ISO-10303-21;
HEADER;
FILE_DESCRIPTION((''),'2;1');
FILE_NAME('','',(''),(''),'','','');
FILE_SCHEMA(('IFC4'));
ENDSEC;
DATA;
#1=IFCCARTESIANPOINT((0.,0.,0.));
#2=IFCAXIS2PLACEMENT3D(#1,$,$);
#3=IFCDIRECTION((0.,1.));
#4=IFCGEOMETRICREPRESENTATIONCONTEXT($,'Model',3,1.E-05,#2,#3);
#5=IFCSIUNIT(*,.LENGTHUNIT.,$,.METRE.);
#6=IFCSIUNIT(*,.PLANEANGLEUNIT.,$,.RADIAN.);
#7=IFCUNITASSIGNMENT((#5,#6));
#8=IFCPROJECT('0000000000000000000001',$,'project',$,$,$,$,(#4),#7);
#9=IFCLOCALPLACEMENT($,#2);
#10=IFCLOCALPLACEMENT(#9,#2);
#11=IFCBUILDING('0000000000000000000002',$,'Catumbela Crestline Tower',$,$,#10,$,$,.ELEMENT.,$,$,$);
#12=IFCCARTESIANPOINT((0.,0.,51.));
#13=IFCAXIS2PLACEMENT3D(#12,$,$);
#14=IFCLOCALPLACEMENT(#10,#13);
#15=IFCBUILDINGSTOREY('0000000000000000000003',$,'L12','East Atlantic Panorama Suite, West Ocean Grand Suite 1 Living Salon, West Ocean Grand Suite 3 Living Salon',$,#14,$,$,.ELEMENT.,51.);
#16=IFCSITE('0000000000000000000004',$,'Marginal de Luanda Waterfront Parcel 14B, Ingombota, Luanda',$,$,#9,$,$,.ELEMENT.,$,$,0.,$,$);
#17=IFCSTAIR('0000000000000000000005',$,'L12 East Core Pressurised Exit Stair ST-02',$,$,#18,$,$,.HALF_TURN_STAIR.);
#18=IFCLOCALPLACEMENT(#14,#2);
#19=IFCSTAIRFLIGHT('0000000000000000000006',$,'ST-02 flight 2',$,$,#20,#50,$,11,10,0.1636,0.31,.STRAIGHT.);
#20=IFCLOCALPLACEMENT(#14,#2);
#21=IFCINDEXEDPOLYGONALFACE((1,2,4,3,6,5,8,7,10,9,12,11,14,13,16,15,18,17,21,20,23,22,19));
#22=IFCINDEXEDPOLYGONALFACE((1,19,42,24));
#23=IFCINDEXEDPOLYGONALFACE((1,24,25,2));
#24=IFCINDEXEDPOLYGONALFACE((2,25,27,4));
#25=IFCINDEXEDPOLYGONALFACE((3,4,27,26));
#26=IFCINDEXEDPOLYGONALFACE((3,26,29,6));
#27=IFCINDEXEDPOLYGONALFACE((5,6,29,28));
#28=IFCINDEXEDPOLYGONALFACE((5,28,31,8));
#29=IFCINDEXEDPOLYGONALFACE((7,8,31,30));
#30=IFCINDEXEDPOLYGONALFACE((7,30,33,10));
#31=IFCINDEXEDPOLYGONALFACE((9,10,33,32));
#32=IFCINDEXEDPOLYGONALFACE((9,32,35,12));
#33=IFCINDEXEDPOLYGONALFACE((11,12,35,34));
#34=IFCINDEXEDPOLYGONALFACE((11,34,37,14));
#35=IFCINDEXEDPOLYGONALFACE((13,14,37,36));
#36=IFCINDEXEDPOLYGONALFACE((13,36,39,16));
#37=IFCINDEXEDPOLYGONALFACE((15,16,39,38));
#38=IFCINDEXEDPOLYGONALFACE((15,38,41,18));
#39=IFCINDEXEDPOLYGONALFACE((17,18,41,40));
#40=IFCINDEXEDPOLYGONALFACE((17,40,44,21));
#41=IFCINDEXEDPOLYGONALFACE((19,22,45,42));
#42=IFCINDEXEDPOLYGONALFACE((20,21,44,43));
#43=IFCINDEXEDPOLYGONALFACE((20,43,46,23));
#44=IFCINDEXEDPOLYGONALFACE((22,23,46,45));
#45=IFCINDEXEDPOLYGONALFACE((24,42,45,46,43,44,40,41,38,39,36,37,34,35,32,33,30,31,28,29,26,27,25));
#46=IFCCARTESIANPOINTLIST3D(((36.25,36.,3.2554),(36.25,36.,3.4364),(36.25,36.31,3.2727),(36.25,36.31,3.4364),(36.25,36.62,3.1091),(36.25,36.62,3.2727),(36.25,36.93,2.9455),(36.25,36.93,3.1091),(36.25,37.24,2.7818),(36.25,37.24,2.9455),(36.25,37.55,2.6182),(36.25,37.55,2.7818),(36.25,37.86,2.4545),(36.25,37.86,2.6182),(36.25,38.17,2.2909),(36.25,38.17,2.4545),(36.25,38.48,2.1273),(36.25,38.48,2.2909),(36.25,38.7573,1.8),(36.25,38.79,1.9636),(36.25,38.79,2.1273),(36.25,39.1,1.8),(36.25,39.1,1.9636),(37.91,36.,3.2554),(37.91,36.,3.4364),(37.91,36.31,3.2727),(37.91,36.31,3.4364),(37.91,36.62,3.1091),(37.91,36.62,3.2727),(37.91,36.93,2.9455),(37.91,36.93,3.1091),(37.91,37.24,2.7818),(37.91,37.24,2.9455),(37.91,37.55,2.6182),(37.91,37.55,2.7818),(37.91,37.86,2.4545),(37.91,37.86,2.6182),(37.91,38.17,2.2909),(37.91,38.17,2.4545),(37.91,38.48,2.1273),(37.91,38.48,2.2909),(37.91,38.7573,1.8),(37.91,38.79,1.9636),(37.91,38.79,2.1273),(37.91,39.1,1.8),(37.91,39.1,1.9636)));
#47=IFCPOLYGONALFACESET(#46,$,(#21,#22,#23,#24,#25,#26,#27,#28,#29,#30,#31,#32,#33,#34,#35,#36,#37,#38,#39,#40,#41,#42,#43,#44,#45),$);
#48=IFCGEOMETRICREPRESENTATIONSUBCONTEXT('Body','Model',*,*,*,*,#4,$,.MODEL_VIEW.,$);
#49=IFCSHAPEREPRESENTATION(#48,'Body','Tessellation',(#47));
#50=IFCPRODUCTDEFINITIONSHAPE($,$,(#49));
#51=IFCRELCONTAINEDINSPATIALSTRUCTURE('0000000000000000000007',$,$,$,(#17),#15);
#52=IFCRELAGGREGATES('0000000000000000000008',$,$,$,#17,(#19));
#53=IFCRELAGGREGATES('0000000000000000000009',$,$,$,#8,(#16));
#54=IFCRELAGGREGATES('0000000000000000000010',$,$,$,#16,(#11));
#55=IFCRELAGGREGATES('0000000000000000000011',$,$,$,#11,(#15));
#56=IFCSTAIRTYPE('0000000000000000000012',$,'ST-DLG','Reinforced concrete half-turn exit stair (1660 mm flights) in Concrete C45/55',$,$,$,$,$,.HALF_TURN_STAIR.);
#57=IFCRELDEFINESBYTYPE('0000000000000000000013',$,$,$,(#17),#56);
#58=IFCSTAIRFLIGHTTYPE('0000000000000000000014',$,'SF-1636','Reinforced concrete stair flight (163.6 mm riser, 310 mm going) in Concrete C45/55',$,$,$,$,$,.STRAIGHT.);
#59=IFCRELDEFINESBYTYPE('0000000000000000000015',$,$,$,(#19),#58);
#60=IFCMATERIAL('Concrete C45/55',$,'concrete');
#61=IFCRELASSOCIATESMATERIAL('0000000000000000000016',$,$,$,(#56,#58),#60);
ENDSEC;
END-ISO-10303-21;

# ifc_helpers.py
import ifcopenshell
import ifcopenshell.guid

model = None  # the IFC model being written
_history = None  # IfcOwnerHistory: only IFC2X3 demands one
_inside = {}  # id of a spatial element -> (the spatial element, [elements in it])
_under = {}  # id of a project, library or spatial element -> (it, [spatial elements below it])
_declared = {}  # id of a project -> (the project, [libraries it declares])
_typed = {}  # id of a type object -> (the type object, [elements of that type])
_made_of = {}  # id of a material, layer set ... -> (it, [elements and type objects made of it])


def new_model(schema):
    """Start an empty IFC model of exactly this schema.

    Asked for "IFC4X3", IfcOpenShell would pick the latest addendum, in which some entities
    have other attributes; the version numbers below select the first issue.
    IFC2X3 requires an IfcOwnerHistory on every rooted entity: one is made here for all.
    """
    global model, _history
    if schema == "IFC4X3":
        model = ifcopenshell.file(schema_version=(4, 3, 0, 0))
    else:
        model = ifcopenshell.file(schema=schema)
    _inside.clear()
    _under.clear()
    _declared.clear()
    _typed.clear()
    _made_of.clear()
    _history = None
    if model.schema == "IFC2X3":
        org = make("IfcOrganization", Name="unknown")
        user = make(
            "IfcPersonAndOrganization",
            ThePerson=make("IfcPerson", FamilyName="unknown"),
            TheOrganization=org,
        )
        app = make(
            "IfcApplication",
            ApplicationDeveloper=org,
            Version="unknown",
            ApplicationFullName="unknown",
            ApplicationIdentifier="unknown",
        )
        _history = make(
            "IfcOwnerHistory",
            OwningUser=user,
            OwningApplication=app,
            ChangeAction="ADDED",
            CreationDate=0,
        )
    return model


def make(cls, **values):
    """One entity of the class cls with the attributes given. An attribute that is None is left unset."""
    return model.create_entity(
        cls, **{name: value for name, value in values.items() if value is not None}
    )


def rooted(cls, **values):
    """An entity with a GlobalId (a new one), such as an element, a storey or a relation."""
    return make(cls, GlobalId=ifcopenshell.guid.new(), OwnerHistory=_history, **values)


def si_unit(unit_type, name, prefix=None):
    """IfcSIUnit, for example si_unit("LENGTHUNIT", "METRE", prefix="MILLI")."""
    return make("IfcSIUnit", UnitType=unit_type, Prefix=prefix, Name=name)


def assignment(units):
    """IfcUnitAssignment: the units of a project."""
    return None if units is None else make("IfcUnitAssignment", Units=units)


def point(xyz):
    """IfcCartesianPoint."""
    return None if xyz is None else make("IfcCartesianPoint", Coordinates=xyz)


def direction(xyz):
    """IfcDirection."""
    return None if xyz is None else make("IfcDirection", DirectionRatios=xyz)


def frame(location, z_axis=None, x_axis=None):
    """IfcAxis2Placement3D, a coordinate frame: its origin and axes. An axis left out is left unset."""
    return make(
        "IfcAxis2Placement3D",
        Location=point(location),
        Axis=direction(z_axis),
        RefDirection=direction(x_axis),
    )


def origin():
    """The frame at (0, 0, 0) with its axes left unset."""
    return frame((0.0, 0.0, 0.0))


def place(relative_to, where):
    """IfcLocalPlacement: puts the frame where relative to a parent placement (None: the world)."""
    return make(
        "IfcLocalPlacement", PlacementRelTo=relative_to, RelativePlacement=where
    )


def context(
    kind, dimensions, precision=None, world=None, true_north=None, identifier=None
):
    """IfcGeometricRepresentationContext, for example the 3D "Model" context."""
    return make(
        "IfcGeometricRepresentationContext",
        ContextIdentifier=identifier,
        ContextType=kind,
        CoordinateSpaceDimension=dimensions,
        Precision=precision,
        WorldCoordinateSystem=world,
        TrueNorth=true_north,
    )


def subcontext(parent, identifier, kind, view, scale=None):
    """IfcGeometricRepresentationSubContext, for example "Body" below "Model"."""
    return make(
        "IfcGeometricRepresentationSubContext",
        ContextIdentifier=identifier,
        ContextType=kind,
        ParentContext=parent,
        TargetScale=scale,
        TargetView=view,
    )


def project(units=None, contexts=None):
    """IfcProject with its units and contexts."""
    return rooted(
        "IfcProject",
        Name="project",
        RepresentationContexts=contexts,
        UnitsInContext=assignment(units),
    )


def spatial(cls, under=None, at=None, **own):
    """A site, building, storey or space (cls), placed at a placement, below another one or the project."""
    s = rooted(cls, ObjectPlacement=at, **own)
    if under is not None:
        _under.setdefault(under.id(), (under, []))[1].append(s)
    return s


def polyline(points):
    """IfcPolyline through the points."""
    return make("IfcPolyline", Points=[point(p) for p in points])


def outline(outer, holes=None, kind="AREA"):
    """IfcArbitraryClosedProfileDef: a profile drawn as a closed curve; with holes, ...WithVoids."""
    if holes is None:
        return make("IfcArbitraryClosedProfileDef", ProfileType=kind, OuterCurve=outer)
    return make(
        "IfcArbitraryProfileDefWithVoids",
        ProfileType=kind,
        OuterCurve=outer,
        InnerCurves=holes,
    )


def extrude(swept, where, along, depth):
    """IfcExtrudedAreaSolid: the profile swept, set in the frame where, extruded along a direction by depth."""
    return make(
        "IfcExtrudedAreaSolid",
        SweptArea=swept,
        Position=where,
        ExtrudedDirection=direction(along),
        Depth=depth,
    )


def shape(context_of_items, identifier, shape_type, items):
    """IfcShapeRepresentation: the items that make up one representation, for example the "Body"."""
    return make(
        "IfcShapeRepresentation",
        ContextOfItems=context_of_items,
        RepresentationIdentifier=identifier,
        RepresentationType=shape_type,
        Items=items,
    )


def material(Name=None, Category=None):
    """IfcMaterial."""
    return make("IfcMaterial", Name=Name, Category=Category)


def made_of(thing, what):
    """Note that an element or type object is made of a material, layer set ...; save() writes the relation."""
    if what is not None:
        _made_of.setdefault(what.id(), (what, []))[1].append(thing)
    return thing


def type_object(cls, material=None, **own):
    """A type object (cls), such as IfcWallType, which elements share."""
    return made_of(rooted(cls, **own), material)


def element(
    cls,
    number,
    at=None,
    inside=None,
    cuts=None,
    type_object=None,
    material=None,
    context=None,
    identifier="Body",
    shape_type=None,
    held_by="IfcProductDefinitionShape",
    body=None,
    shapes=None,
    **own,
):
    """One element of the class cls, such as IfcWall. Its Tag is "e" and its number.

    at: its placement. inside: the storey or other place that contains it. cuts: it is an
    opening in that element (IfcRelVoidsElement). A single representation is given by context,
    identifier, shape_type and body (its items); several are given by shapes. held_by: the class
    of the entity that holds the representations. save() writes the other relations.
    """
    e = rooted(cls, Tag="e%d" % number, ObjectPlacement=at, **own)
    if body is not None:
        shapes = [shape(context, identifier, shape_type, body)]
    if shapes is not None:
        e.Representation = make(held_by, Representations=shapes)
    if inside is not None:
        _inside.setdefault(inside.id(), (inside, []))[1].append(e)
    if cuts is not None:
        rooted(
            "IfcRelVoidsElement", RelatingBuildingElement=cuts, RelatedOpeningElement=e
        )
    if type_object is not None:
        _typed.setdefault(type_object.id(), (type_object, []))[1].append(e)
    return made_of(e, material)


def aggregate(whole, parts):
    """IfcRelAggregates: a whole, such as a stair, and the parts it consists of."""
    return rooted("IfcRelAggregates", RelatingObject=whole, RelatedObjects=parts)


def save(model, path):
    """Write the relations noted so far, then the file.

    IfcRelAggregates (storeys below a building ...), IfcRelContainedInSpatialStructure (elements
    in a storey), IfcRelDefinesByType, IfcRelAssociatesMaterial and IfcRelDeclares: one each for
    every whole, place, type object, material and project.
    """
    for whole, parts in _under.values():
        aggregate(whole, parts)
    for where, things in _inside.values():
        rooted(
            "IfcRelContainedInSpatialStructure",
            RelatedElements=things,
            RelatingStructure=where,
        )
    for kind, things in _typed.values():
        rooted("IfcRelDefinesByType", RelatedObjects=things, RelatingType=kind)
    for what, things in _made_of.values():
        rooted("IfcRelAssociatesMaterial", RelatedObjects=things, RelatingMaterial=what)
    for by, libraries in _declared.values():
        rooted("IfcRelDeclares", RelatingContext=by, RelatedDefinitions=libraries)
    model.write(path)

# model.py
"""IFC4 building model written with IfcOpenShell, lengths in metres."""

from ifc_helpers import new_model, si_unit, direction, frame, origin, place, context, subcontext, project, spatial, polyline, outline, extrude, material, type_object, element, aggregate, save


model = new_model("IFC4")

# Units and contexts
model_context = context("Model", 3, precision=1e-05, world=origin(), true_north=direction((0.0, 1.0)))
body_context = subcontext(model_context, "Body", "Model", "MODEL_VIEW")
ifc_project = project(units=[si_unit("LENGTHUNIT", "METRE"), si_unit("PLANEANGLEUNIT", "RADIAN")], contexts=[model_context])

# Site, building, storey
site_placement = place(None, origin())
site = spatial("IfcSite", under=ifc_project, at=site_placement, Name="Marginal de Luanda Waterfront Parcel 14B, Ingombota, Luanda", CompositionType="ELEMENT", RefElevation=0.0)
building_placement = place(site_placement, origin())
building = spatial("IfcBuilding", under=site, at=building_placement, Name="Catumbela Crestline Tower", CompositionType="ELEMENT")
storey_placement = place(building_placement, frame((0.0, 0.0, 51.0)))
storey = spatial("IfcBuildingStorey", under=building, at=storey_placement, Name="L12", Description="East Atlantic Panorama Suite, West Ocean Grand Suite 1 Living Salon, West Ocean Grand Suite 3 Living Salon", CompositionType="ELEMENT", Elevation=51.0)

# Stair, stair flight
ifc_material_1 = material(Name="Concrete C45/55", Category="concrete")
stair_type = type_object("IfcStairType", Name="ST-DLG", Description="Reinforced concrete half-turn exit stair (1660 mm flights) in Concrete C45/55", PredefinedType="HALF_TURN_STAIR", material=ifc_material_1)
stair_placement = place(storey_placement, origin())
stair = element("IfcStair", 1, at=stair_placement, inside=storey, type_object=stair_type, Name="L12 East Core Pressurised Exit Stair ST-02", PredefinedType="HALF_TURN_STAIR")
stair_flight_type = type_object("IfcStairFlightType", Name="SF-1636", Description="Reinforced concrete stair flight (163.6 mm riser, 310 mm going) in Concrete C45/55", PredefinedType="STRAIGHT", material=ifc_material_1)
stair_flight_1_placement = place(storey_placement, frame((37.08, 39.1, 1.8), z_axis=(0.0, 0.0, 1.0), x_axis=(0.0, -1.0, 0.0)))
stair_flight_1 = element("IfcStairFlight", 2, at=stair_flight_1_placement, type_object=stair_flight_type, Name="ST-02 flight 2", NumberOfRisers=11, NumberOfTreads=10, PredefinedType="STRAIGHT", RiserHeight=0.1636, TreadLength=0.31, context=body_context, shape_type="SweptSolid", body=[
    extrude(outline(polyline([(0.0, 0.0), (0.0, 0.1636), (0.31, 0.1636), (0.31, 0.3273), (0.62, 0.3273), (0.62, 0.4909), (0.93, 0.4909), (0.93, 0.6545), (1.24, 0.6545), (1.24, 0.8182), (1.55, 0.8182), (1.55, 0.9818), (1.86, 0.9818), (1.86, 1.1455), (2.17, 1.1455), (2.17, 1.3091), (2.48, 1.3091), (2.48, 1.4727), (2.79, 1.4727), (2.79, 1.6364), (3.1, 1.6364), (3.1, 1.8), (3.1, 1.4554), (0.3427, 0.0), (0.0, 0.0)])), frame((0.0, 0.83, 0.0), z_axis=(0.0, -1.0, 0.0), x_axis=(1.0, 0.0, 0.0)), (0.0, 0.0, 1.0), 1.66),
])
aggregate(stair, [stair_flight_1])

save(model, "model.ifc")
